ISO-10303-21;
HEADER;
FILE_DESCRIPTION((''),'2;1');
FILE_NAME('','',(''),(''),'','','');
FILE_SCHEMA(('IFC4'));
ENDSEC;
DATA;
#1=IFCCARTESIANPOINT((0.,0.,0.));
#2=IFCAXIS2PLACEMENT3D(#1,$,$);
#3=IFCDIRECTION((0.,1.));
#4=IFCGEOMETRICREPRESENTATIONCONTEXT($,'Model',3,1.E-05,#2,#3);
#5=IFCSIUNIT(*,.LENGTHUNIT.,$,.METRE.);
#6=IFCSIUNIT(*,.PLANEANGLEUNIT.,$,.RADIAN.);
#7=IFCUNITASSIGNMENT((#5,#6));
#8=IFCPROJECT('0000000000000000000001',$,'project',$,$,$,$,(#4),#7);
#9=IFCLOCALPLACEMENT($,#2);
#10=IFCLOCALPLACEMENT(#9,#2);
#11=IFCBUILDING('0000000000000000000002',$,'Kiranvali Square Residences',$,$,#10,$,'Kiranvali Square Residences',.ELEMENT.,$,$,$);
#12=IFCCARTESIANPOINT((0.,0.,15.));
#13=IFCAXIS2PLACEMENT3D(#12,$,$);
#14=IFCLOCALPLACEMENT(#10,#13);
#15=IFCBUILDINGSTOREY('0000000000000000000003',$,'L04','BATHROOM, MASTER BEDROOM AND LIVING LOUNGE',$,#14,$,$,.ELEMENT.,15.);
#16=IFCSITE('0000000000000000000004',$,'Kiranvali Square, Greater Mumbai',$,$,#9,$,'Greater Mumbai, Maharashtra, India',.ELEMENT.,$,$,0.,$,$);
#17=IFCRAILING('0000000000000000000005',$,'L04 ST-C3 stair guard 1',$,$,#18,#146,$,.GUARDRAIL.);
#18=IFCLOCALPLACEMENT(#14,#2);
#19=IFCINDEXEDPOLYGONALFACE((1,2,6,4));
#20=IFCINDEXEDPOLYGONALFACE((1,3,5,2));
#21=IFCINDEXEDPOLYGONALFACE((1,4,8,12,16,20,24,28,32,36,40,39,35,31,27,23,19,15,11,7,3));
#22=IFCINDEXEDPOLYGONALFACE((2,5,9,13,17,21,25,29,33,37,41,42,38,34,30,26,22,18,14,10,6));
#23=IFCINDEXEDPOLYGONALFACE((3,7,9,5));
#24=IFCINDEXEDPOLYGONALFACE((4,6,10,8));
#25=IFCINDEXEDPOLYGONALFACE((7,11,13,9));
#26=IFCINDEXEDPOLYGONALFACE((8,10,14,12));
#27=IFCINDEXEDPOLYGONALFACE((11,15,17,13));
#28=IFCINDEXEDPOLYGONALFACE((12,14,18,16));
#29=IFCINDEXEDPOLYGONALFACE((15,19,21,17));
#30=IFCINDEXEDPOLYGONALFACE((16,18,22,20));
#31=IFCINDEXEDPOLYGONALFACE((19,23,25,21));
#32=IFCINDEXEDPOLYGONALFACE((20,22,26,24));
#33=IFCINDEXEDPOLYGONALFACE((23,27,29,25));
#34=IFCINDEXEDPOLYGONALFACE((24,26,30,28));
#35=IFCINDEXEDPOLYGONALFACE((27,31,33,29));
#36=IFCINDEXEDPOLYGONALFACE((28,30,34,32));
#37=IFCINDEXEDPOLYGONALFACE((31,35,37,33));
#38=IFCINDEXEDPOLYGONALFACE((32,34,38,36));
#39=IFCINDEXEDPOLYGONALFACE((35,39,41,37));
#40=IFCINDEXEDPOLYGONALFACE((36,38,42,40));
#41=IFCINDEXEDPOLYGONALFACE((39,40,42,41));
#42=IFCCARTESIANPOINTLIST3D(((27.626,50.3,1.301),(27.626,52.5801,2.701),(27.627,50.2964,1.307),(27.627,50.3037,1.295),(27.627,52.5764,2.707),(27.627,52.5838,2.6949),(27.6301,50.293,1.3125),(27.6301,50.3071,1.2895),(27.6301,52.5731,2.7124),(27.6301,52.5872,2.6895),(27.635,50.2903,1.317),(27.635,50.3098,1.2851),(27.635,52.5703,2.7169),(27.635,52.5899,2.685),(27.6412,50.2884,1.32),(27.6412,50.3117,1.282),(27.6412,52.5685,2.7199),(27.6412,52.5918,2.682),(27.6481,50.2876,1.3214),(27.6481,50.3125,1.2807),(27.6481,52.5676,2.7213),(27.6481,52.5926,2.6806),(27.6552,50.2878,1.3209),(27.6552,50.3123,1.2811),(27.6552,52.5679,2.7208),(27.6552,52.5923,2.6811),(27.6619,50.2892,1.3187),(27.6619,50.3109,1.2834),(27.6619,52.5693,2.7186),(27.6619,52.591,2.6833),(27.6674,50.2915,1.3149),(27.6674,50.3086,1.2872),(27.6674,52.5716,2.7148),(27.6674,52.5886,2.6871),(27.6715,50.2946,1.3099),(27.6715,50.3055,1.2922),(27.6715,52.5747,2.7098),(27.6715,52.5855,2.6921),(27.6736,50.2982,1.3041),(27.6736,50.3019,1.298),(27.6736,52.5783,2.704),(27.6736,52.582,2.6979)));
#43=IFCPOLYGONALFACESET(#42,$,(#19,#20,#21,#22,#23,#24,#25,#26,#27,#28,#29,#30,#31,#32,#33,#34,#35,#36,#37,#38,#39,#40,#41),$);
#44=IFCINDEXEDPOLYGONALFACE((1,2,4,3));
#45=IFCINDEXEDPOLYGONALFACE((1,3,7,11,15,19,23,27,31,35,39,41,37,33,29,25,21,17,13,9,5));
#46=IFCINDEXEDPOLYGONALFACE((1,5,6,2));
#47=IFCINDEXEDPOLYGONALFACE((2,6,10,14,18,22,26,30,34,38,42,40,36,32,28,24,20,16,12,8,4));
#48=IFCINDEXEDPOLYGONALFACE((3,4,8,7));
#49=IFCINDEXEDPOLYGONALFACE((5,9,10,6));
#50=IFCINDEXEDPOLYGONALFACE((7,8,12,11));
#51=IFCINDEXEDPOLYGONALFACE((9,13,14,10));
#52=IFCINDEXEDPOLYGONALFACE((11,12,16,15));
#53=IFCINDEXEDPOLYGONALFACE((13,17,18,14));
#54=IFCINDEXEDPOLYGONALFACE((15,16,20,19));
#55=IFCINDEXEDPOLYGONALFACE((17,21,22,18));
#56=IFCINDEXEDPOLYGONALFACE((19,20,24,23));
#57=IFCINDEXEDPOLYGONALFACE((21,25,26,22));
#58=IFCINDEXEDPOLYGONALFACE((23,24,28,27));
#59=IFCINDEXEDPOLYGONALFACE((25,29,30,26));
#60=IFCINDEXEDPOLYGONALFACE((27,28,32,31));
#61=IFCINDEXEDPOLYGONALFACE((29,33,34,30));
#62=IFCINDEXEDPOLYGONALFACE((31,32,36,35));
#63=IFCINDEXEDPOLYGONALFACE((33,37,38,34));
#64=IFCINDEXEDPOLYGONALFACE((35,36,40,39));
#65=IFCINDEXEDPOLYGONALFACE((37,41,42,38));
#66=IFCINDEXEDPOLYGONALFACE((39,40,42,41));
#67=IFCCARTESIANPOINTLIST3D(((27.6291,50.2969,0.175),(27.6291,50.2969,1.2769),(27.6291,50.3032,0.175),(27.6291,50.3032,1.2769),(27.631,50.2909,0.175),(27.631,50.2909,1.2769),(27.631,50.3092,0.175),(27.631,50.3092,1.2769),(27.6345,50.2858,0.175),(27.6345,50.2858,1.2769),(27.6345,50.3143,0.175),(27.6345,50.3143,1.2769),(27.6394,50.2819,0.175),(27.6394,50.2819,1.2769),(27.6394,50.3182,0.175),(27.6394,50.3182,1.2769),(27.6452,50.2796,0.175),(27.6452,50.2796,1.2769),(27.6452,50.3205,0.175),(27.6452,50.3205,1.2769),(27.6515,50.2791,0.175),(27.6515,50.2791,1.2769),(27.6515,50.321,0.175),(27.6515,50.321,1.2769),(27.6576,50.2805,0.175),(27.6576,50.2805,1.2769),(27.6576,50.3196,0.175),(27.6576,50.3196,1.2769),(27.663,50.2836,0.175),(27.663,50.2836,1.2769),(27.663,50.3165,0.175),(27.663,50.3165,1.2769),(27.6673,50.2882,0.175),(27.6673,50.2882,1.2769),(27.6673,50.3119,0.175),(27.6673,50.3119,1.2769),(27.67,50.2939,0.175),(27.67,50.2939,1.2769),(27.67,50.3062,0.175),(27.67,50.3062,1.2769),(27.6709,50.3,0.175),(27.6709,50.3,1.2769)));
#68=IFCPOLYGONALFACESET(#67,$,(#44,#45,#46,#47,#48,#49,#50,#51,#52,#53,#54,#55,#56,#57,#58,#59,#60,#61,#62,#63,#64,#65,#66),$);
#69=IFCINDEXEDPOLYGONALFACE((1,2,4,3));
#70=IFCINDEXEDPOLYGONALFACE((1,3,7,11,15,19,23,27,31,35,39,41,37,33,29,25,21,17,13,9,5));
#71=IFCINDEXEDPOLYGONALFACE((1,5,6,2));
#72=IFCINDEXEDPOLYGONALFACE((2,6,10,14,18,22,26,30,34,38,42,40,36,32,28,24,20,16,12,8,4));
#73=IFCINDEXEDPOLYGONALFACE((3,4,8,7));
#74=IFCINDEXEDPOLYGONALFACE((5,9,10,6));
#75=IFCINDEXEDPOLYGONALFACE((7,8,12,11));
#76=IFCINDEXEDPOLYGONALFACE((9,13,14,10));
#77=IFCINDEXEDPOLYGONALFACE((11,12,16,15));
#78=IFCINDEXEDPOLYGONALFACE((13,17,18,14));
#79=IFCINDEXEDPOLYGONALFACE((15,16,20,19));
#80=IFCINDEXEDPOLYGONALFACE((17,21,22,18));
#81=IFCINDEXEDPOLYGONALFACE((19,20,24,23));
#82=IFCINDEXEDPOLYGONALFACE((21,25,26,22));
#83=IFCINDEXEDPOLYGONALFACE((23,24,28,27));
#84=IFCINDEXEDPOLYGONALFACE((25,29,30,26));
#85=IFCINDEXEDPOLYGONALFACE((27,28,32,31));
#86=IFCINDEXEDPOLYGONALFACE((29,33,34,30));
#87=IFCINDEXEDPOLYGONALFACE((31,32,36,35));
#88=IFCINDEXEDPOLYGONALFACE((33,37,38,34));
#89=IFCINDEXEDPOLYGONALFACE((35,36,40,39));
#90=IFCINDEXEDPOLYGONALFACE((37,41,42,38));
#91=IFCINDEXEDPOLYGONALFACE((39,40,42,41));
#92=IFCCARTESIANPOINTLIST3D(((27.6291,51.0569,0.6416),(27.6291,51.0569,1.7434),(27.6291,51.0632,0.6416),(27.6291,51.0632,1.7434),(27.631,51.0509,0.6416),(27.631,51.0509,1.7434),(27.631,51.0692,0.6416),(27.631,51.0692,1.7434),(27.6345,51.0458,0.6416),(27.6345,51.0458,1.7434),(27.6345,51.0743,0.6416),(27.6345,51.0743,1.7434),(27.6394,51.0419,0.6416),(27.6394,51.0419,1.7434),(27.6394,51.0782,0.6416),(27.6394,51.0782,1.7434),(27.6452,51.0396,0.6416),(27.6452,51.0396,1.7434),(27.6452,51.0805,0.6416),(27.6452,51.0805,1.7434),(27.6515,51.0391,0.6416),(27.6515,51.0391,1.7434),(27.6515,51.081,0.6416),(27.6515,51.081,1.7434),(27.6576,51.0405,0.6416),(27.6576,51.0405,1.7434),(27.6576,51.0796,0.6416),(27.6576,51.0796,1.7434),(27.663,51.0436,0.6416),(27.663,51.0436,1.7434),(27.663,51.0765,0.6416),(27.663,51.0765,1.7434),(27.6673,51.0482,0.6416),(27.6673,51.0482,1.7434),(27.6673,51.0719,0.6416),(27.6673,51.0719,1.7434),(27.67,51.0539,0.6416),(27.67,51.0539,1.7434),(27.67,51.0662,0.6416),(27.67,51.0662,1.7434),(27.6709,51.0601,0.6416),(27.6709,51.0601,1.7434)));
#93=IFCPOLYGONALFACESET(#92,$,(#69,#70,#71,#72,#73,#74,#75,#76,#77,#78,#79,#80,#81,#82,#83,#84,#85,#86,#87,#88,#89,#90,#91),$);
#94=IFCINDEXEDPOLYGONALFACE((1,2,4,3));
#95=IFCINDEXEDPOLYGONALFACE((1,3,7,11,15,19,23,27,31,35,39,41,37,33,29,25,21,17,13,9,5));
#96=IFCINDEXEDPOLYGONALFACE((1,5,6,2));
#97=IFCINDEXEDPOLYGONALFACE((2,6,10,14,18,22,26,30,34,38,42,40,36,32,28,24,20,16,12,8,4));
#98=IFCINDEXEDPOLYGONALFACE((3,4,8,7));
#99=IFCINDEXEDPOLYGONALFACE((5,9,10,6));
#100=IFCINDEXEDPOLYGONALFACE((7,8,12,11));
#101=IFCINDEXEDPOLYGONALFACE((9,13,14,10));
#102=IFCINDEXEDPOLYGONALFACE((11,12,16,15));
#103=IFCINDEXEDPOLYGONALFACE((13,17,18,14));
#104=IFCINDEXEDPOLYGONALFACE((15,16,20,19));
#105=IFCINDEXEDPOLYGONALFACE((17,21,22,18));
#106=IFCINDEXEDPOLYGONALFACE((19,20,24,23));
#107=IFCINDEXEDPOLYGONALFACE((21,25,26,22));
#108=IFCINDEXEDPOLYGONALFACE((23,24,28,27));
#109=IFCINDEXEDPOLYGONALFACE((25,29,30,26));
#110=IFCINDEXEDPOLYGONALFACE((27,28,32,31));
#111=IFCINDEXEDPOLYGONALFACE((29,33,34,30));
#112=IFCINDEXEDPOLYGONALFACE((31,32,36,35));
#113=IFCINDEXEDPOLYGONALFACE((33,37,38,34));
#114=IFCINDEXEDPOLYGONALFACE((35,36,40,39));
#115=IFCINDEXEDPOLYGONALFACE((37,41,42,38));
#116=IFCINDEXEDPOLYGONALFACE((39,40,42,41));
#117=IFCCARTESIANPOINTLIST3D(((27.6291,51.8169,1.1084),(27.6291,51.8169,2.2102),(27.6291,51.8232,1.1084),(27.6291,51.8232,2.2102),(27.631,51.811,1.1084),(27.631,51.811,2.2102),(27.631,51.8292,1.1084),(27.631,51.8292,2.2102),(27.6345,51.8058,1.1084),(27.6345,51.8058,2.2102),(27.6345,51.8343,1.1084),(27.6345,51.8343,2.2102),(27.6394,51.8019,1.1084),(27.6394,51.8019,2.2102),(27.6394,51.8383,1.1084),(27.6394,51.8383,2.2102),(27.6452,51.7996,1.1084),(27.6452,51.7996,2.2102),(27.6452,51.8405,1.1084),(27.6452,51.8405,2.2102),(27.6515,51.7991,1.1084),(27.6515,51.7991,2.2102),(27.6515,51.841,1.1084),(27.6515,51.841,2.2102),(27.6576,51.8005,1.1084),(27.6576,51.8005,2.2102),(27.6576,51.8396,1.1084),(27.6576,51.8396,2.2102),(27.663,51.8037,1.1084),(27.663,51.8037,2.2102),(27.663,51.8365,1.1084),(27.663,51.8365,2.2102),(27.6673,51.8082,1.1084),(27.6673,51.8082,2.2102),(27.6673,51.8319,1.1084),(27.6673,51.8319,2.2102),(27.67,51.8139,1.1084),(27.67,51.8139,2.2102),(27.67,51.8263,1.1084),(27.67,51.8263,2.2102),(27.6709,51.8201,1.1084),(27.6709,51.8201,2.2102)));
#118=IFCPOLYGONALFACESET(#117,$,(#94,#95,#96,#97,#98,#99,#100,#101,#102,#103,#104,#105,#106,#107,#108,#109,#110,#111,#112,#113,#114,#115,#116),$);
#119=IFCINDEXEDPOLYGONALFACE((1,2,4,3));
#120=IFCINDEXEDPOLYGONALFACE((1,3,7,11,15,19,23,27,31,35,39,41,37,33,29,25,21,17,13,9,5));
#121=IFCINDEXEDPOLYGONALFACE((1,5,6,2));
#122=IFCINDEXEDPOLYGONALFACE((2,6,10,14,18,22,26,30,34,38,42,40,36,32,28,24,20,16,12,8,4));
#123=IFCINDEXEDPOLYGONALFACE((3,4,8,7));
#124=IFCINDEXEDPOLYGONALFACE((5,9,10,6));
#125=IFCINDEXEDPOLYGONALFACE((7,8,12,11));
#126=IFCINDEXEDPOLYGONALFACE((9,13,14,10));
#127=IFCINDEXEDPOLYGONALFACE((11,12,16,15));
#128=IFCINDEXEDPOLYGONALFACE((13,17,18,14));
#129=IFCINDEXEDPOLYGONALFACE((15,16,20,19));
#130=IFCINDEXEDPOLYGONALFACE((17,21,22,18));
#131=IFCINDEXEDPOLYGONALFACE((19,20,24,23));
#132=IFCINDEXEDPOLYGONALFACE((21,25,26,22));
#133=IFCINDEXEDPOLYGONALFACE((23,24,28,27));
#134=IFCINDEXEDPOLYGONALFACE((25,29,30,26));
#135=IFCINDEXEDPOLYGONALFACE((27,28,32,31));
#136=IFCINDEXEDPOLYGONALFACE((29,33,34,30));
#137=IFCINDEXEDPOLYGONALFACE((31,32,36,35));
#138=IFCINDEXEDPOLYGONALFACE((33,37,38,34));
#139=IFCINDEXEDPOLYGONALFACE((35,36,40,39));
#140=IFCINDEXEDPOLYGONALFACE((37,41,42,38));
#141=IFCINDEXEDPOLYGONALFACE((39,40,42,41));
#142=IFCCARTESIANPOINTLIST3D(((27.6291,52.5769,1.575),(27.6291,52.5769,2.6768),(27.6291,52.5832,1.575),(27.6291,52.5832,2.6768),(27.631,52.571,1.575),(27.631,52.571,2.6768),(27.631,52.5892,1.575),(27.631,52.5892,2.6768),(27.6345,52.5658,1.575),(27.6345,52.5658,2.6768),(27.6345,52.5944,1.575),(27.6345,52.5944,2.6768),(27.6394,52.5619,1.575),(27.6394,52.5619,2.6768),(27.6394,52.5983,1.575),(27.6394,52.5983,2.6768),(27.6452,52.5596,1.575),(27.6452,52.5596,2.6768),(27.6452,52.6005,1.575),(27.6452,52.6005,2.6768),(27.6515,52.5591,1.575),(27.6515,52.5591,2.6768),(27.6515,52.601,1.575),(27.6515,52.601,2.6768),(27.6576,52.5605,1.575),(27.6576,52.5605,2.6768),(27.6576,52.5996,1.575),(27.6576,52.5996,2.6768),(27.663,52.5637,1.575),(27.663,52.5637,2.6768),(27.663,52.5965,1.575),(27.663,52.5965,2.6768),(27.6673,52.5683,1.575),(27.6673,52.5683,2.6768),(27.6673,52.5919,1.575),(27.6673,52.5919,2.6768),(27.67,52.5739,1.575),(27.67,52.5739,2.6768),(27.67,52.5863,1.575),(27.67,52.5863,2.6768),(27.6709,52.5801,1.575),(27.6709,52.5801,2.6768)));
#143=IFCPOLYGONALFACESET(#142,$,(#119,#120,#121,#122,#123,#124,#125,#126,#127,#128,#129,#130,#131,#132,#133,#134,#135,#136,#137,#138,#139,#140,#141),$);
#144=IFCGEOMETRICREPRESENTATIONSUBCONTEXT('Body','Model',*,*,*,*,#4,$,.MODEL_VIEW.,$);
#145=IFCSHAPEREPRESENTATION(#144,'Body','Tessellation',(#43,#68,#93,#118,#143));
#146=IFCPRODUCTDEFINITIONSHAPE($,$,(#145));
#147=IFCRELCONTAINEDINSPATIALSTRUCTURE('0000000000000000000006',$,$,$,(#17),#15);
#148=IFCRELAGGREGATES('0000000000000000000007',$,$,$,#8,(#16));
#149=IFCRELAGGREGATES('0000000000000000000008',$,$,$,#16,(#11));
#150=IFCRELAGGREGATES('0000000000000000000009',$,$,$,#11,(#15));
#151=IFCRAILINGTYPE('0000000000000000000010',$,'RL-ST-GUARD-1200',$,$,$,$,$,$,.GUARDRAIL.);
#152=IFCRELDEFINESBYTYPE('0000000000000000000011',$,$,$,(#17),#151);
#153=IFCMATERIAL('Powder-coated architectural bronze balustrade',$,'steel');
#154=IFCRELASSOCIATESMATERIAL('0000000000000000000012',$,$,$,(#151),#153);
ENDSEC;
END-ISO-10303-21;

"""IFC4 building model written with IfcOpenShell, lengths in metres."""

from ifc_helpers import new_model, si_unit, direction, frame, origin, origin_2d, place, context, subcontext, project, spatial, circle, extrude, material, type_object, element, save


model = new_model("IFC4")

# Units and contexts
model_context = context("Model", 3, precision=1e-05, world=origin(), true_north=direction((0.0, 1.0)))
body_context = subcontext(model_context, "Body", "Model", "MODEL_VIEW")
ifc_project = project(units=[si_unit("LENGTHUNIT", "METRE"), si_unit("PLANEANGLEUNIT", "RADIAN")], contexts=[model_context])

# Site, building, storey
site_placement = place(None, origin())
site = spatial("IfcSite", under=ifc_project, at=site_placement, Name="Kiranvali Square, Greater Mumbai", LongName="Greater Mumbai, Maharashtra, India", CompositionType="ELEMENT", RefElevation=0.0)
building_placement = place(site_placement, origin())
building = spatial("IfcBuilding", under=site, at=building_placement, Name="Kiranvali Square Residences", LongName="Kiranvali Square Residences", CompositionType="ELEMENT")
storey_placement = place(building_placement, frame((0.0, 0.0, 15.0)))
storey = spatial("IfcBuildingStorey", under=building, at=storey_placement, Name="L04", Description="BATHROOM, MASTER BEDROOM AND LIVING LOUNGE", CompositionType="ELEMENT", Elevation=15.0)

# Railing
ifc_material_1 = material(Name="Powder-coated architectural bronze balustrade", Category="steel")
railing_type_1 = type_object("IfcRailingType", Name="RL-ST-GUARD-1200", PredefinedType="GUARDRAIL", material=ifc_material_1)
railing_1_placement = place(storey_placement, frame((27.6499, 50.3, 0.175)))
element("IfcRailing", 1, at=railing_1_placement, inside=storey, type_object=railing_type_1, Name="L04 ST-C3 stair guard 1", PredefinedType="GUARDRAIL", context=body_context, shape_type="SweptSolid", body=[
    extrude(circle(Radius=0.0239, at=origin_2d()), frame((0.0, 0.0, 1.126), z_axis=(0.0, 0.85219, 0.523232), x_axis=(-1.0, 0.0, 0.0)), (0.0, 0.0, 1.0), 2.6755),
    extrude(circle(Radius=0.021, at=origin_2d()), origin(), (0.0, 0.0, 1.0), 1.1018),
    extrude(circle(Radius=0.021, at=origin_2d()), frame((0.0, 0.76, 0.4666)), (0.0, 0.0, 1.0), 1.1018),
    extrude(circle(Radius=0.021, at=origin_2d()), frame((0.0, 1.52, 0.9333)), (0.0, 0.0, 1.0), 1.1018),
    extrude(circle(Radius=0.021, at=origin_2d()), frame((0.0, 2.28, 1.3999)), (0.0, 0.0, 1.0), 1.1018),
])

save(model, "model.ifc")
